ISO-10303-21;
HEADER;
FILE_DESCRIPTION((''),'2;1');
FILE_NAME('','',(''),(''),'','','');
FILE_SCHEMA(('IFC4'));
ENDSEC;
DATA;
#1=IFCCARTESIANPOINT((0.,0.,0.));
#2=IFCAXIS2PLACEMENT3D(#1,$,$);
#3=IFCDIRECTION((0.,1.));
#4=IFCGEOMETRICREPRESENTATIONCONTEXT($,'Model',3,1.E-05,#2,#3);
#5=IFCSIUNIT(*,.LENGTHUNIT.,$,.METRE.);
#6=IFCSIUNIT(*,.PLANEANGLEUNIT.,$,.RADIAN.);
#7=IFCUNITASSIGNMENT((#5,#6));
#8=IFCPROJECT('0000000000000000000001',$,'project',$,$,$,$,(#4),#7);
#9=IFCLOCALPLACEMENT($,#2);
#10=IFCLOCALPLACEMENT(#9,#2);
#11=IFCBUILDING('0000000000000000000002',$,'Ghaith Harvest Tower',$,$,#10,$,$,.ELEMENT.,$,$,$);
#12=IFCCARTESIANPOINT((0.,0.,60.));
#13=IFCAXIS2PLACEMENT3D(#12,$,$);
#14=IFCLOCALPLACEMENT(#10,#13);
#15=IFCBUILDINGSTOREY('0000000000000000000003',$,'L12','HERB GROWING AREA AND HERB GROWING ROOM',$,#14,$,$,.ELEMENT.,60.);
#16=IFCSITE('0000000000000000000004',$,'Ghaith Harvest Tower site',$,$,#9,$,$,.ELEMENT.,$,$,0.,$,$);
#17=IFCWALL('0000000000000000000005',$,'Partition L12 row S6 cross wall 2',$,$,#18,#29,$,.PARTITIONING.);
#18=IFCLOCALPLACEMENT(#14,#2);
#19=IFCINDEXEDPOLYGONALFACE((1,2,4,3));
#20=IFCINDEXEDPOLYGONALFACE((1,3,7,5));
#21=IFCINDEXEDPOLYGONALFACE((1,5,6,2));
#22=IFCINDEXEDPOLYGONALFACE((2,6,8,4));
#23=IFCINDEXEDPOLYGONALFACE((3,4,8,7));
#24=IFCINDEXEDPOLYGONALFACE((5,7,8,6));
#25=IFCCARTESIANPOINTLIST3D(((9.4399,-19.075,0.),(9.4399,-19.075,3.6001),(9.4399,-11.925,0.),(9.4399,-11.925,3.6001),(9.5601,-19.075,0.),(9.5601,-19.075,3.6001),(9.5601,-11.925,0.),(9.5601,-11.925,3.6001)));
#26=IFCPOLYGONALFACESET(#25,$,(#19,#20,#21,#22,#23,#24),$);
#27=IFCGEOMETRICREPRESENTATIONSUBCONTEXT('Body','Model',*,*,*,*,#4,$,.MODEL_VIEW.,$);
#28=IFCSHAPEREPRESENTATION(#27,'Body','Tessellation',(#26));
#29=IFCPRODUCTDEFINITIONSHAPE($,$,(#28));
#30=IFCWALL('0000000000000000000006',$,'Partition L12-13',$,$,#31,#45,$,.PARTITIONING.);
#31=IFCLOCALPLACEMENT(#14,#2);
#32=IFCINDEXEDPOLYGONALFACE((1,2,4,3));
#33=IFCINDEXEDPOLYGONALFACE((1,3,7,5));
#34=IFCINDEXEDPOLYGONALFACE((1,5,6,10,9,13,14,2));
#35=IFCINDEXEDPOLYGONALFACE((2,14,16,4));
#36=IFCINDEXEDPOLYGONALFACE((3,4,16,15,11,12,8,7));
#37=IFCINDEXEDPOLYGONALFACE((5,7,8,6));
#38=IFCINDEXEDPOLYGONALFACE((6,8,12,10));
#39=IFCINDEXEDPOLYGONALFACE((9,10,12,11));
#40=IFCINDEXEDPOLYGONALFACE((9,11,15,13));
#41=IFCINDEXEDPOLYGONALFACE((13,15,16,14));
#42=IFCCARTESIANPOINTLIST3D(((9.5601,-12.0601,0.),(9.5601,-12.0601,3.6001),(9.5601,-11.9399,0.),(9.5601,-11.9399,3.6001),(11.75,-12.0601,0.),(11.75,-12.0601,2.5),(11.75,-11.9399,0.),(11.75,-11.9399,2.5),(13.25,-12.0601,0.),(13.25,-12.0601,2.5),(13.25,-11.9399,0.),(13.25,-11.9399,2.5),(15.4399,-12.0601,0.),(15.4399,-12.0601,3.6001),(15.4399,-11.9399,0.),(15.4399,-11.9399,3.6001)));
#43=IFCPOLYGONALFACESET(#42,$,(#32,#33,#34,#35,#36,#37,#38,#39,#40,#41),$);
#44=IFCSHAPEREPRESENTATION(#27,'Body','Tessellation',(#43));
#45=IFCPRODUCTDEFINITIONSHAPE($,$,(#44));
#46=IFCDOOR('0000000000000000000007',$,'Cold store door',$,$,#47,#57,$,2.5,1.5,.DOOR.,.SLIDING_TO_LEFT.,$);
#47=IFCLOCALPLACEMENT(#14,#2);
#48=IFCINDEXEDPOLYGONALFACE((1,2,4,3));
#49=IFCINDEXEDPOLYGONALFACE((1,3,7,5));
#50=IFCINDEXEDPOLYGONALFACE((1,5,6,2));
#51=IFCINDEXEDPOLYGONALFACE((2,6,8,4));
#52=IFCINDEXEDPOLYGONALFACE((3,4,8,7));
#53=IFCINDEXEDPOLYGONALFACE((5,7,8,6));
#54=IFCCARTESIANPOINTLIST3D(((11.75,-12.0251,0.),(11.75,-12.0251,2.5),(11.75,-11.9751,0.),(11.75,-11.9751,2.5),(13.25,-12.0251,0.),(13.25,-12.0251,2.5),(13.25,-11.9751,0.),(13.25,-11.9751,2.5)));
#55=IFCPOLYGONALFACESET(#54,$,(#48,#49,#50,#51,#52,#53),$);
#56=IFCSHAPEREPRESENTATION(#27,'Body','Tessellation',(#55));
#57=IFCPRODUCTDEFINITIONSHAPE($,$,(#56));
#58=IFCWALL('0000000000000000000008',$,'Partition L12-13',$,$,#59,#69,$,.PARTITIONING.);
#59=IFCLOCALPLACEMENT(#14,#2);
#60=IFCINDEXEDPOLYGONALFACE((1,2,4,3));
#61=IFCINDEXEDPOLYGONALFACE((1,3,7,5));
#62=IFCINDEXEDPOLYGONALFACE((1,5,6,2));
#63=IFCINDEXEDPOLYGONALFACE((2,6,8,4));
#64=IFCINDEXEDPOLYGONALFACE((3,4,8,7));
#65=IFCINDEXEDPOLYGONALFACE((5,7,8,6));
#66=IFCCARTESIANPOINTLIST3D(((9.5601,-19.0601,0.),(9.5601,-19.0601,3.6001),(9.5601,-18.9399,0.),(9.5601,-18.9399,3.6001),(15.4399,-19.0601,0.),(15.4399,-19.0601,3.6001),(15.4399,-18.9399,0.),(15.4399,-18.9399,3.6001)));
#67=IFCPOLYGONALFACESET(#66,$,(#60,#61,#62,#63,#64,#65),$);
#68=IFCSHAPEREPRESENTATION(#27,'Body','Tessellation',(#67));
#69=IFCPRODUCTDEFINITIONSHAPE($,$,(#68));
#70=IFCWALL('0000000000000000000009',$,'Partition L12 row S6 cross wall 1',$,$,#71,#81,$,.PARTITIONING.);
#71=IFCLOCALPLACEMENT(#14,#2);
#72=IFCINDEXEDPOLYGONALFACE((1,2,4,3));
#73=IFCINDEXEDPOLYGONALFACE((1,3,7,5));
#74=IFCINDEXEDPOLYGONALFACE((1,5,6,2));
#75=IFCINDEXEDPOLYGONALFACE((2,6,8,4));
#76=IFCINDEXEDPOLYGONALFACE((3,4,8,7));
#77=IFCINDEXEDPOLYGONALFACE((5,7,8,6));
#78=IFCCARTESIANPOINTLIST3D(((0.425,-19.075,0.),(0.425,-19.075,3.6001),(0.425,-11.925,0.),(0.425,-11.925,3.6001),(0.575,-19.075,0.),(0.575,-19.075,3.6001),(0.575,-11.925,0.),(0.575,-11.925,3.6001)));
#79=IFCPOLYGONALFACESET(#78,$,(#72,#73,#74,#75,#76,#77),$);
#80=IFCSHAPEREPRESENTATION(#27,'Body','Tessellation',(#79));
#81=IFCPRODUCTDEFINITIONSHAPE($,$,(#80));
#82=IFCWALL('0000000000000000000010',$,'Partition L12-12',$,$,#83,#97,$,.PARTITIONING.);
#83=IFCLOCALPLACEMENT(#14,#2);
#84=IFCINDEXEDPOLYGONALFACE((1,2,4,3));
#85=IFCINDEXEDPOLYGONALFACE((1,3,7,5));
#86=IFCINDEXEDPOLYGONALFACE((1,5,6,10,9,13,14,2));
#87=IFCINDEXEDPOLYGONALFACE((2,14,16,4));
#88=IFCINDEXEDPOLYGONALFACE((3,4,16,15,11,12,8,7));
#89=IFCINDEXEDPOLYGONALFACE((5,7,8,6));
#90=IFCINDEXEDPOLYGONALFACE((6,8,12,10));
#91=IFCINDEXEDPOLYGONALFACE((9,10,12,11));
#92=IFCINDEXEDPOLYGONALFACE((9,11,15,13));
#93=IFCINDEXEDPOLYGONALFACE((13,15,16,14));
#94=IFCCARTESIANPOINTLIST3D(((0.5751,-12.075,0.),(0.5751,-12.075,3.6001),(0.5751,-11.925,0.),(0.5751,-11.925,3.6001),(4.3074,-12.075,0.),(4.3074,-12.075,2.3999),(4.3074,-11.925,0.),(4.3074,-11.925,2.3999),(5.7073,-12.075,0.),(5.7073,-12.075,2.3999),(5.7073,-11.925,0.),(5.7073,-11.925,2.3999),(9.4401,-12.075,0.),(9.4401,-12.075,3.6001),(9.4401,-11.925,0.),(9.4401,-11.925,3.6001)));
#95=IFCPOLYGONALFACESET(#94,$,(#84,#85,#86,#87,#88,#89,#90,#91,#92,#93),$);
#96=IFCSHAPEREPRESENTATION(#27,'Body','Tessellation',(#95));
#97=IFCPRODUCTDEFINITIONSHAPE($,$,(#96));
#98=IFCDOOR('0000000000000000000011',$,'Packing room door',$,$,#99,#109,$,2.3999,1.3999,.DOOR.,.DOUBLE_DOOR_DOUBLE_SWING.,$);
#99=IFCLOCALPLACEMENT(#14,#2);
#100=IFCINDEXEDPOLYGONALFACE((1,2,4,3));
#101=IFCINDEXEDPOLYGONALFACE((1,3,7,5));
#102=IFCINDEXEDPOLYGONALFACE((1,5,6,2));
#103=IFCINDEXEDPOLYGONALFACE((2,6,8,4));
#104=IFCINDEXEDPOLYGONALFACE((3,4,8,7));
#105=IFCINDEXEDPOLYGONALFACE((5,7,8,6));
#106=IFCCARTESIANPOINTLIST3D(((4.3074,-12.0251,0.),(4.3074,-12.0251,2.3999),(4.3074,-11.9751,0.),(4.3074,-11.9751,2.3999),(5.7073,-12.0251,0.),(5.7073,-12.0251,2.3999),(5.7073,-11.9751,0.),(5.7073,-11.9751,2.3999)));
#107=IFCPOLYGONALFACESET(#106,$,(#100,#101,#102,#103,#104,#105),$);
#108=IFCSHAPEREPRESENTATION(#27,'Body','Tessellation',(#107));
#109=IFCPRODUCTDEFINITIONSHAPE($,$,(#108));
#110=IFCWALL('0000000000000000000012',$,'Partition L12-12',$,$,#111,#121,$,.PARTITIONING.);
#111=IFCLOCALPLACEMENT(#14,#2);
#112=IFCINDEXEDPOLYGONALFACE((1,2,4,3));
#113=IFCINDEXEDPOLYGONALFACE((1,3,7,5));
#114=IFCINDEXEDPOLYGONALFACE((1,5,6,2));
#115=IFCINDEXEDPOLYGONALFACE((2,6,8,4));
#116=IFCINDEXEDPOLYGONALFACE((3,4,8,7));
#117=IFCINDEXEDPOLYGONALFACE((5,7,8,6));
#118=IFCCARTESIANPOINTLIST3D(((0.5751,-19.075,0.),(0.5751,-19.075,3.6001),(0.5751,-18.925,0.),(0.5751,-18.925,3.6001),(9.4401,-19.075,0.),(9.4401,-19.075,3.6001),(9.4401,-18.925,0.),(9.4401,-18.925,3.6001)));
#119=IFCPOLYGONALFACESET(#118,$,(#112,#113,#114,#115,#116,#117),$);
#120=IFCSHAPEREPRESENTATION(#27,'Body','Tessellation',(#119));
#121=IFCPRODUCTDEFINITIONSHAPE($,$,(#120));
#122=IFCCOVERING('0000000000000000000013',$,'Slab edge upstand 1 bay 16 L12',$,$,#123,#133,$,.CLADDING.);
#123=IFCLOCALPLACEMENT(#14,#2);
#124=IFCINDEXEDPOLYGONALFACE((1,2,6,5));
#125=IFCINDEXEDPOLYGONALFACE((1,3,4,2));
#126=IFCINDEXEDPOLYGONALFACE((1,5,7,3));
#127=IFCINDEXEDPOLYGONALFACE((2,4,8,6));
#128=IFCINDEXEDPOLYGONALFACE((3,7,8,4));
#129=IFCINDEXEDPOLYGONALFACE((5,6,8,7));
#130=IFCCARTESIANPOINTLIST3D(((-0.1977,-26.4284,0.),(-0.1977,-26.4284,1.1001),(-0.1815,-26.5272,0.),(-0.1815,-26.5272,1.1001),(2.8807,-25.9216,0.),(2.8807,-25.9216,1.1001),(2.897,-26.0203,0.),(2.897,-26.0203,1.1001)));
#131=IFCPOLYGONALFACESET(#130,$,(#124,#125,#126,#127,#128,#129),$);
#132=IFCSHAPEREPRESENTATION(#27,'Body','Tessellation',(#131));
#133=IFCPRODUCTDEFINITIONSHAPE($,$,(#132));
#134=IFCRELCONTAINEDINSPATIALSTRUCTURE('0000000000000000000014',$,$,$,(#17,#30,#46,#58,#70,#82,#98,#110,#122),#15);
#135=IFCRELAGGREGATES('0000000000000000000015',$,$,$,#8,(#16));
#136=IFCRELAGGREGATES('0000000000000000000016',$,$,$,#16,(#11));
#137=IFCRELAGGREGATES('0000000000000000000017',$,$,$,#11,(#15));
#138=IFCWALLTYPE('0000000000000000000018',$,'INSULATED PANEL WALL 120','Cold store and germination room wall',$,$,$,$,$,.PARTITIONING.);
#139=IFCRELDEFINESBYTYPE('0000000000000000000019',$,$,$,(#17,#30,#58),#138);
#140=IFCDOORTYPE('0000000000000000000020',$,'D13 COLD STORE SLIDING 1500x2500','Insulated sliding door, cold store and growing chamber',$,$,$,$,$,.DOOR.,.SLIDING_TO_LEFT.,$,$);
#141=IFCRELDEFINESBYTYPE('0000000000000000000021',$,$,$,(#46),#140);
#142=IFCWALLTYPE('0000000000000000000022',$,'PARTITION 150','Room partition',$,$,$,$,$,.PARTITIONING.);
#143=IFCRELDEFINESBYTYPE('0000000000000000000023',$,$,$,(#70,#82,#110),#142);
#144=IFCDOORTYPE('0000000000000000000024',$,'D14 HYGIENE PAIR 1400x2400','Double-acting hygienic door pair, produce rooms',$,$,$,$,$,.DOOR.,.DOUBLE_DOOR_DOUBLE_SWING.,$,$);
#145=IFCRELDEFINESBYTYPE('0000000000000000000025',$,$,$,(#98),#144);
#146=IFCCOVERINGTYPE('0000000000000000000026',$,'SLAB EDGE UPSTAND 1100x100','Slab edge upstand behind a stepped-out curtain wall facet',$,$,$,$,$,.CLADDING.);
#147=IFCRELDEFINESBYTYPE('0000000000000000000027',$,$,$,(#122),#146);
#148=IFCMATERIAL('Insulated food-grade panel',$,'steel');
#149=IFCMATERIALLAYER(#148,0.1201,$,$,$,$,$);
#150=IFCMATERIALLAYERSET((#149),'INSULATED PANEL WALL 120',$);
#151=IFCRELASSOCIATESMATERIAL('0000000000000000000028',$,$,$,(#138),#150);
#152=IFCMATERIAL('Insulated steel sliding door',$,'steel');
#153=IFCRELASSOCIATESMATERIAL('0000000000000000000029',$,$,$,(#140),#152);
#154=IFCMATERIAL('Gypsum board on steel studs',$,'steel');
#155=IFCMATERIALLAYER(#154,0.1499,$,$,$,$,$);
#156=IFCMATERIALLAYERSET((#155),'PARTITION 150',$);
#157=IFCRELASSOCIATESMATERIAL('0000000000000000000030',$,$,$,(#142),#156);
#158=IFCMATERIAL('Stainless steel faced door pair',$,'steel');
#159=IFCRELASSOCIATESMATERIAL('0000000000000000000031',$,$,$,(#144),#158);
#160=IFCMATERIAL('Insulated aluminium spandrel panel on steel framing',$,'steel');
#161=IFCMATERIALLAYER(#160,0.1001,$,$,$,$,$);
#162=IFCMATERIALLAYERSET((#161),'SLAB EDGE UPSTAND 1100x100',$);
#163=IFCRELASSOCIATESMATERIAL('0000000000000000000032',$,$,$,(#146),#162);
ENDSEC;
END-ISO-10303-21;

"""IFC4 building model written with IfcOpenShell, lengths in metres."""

from ifc_helpers import new_model, si_unit, direction, frame, frame_2d, origin, origin_2d, place, context, subcontext, project, spatial, rectangle, extrude, material, layer, layer_set, type_object, element, fill, save


model = new_model("IFC4")

# Units and contexts
model_context = context("Model", 3, precision=1e-05, world=origin(), true_north=direction((0.0, 1.0)))
body_context = subcontext(model_context, "Body", "Model", "MODEL_VIEW")
ifc_project = project(units=[si_unit("LENGTHUNIT", "METRE"), si_unit("PLANEANGLEUNIT", "RADIAN")], contexts=[model_context])

# Site, building, storey
site_placement = place(None, origin())
site = spatial("IfcSite", under=ifc_project, at=site_placement, Name="Ghaith Harvest Tower site", CompositionType="ELEMENT", RefElevation=0.0)
building_placement = place(site_placement, origin())
building = spatial("IfcBuilding", under=site, at=building_placement, Name="Ghaith Harvest Tower", CompositionType="ELEMENT")
storey_placement = place(building_placement, frame((0.0, 0.0, 60.0)))
storey = spatial("IfcBuildingStorey", under=building, at=storey_placement, Name="L12", Description="HERB GROWING AREA AND HERB GROWING ROOM", CompositionType="ELEMENT", Elevation=60.0)

# Wall
ifc_material_1 = material(Name="Insulated food-grade panel", Category="steel")
ifc_layer_1 = layer(ifc_material_1, 0.1201)
ifc_layer_set_1 = layer_set([ifc_layer_1], Name="INSULATED PANEL WALL 120")
wall_type_1 = type_object("IfcWallType", Name="INSULATED PANEL WALL 120", Description="Cold store and germination room wall", PredefinedType="PARTITIONING", material=ifc_layer_set_1)
wall_1_placement = place(storey_placement, frame((9.5, -11.925, 0.0), z_axis=(0.0, 0.0, 1.0), x_axis=(0.0, -1.0, 0.0)))
element("IfcWall", 1, at=wall_1_placement, inside=storey, type_object=wall_type_1, Name="Partition L12 row S6 cross wall 2", PredefinedType="PARTITIONING", context=body_context, shape_type="SweptSolid", body=[
    extrude(rectangle(XDim=7.1499, YDim=0.1201, at=frame_2d((3.575, 0.0))), origin(), (0.0, 0.0, 1.0), 3.6001),
])

# Wall, opening, door
wall_2_placement = place(storey_placement, frame((9.5601, -12.0, 0.0), z_axis=(0.0, 0.0, 1.0), x_axis=(1.0, 0.0, 0.0)))
wall_2 = element("IfcWall", 2, at=wall_2_placement, inside=storey, type_object=wall_type_1, Name="Partition L12-13", PredefinedType="PARTITIONING", context=body_context, shape_type="SweptSolid", body=[
    extrude(rectangle(XDim=5.8799, YDim=0.1201, at=frame_2d((2.9399, 0.0))), origin(), (0.0, 0.0, 1.0), 3.6001),
])
opening_1_placement = place(wall_2_placement, frame((2.1899, 0.0, 0.0)))
opening_1 = element("IfcOpeningElement", 3, at=opening_1_placement, cuts=wall_2, PredefinedType="OPENING", context=body_context, shape_type="SweptSolid", body=[
    extrude(rectangle(XDim=1.5, YDim=2.5, at=frame_2d((0.75, 1.25))), frame((0.0, 0.0701, 0.0), z_axis=(0.0, -1.0, 0.0), x_axis=(1.0, 0.0, 0.0)), (0.0, 0.0, 1.0), 0.1401),
])
ifc_material_2 = material(Name="Insulated steel sliding door", Category="steel")
door_type_1 = type_object("IfcDoorType", Name="D13 COLD STORE SLIDING 1500x2500", Description="Insulated sliding door, cold store and growing chamber", OperationType="SLIDING_TO_LEFT", PredefinedType="DOOR", material=ifc_material_2)
door_1_placement = place(opening_1_placement, origin())
door_1 = element("IfcDoor", 4, at=door_1_placement, inside=storey, type_object=door_type_1, Name="Cold store door", OperationType="SLIDING_TO_LEFT", OverallHeight=2.5, OverallWidth=1.5, PredefinedType="DOOR", context=body_context, shape_type="SweptSolid", body=[
    extrude(rectangle(XDim=1.5, YDim=2.5, at=frame_2d((0.75, 1.25))), frame((0.0, 0.0249, 0.0), z_axis=(0.0, -1.0, 0.0), x_axis=(1.0, 0.0, 0.0)), (0.0, 0.0, 1.0), 0.05),
])
fill(opening_1, door_1)

# Walls
wall_3_placement = place(storey_placement, frame((9.5601, -19.0, 0.0), z_axis=(0.0, 0.0, 1.0), x_axis=(1.0, 0.0, 0.0)))
element("IfcWall", 5, at=wall_3_placement, inside=storey, type_object=wall_type_1, Name="Partition L12-13", PredefinedType="PARTITIONING", context=body_context, shape_type="SweptSolid", body=[
    extrude(rectangle(XDim=5.8799, YDim=0.1201, at=frame_2d((2.9399, 0.0))), origin(), (0.0, 0.0, 1.0), 3.6001),
])
ifc_material_3 = material(Name="Gypsum board on steel studs", Category="steel")
ifc_layer_2 = layer(ifc_material_3, 0.1499)
ifc_layer_set_2 = layer_set([ifc_layer_2], Name="PARTITION 150")
wall_type_2 = type_object("IfcWallType", Name="PARTITION 150", Description="Room partition", PredefinedType="PARTITIONING", material=ifc_layer_set_2)
wall_4_placement = place(storey_placement, frame((0.5, -11.925, 0.0), z_axis=(0.0, 0.0, 1.0), x_axis=(0.0, -1.0, 0.0)))
element("IfcWall", 6, at=wall_4_placement, inside=storey, type_object=wall_type_2, Name="Partition L12 row S6 cross wall 1", PredefinedType="PARTITIONING", context=body_context, shape_type="SweptSolid", body=[
    extrude(rectangle(XDim=7.1499, YDim=0.1499, at=frame_2d((3.575, 0.0))), origin(), (0.0, 0.0, 1.0), 3.6001),
])

# Wall, opening, door
wall_5_placement = place(storey_placement, frame((0.575, -12.0, 0.0), z_axis=(0.0, 0.0, 1.0), x_axis=(1.0, 0.0, 0.0)))
wall_5 = element("IfcWall", 7, at=wall_5_placement, inside=storey, type_object=wall_type_2, Name="Partition L12-12", PredefinedType="PARTITIONING", context=body_context, shape_type="SweptSolid", body=[
    extrude(rectangle(XDim=8.865, YDim=0.1499, at=frame_2d((4.4326, 0.0))), origin(), (0.0, 0.0, 1.0), 3.6001),
])
opening_2_placement = place(wall_5_placement, frame((3.7324, 0.0, 0.0)))
opening_2 = element("IfcOpeningElement", 8, at=opening_2_placement, cuts=wall_5, PredefinedType="OPENING", context=body_context, shape_type="SweptSolid", body=[
    extrude(rectangle(XDim=1.3999, YDim=2.3999, at=frame_2d((0.7, 1.2))), frame((0.0, 0.085, 0.0), z_axis=(0.0, -1.0, 0.0), x_axis=(1.0, 0.0, 0.0)), (0.0, 0.0, 1.0), 0.1699),
])
ifc_material_4 = material(Name="Stainless steel faced door pair", Category="steel")
door_type_2 = type_object("IfcDoorType", Name="D14 HYGIENE PAIR 1400x2400", Description="Double-acting hygienic door pair, produce rooms", OperationType="DOUBLE_DOOR_DOUBLE_SWING", PredefinedType="DOOR", material=ifc_material_4)
door_2_placement = place(opening_2_placement, origin())
door_2 = element("IfcDoor", 9, at=door_2_placement, inside=storey, type_object=door_type_2, Name="Packing room door", OperationType="DOUBLE_DOOR_DOUBLE_SWING", OverallHeight=2.3999, OverallWidth=1.3999, PredefinedType="DOOR", context=body_context, shape_type="SweptSolid", body=[
    extrude(rectangle(XDim=1.3999, YDim=2.3999, at=frame_2d((0.7, 1.2))), frame((0.0, 0.0249, 0.0), z_axis=(0.0, -1.0, 0.0), x_axis=(1.0, 0.0, 0.0)), (0.0, 0.0, 1.0), 0.05),
])
fill(opening_2, door_2)

# Wall
wall_6_placement = place(storey_placement, frame((0.575, -19.0, 0.0), z_axis=(0.0, 0.0, 1.0), x_axis=(1.0, 0.0, 0.0)))
element("IfcWall", 10, at=wall_6_placement, inside=storey, type_object=wall_type_2, Name="Partition L12-12", PredefinedType="PARTITIONING", context=body_context, shape_type="SweptSolid", body=[
    extrude(rectangle(XDim=8.865, YDim=0.1499, at=frame_2d((4.4326, 0.0))), origin(), (0.0, 0.0, 1.0), 3.6001),
])

# Covering
ifc_material_5 = material(Name="Insulated aluminium spandrel panel on steel framing", Category="steel")
ifc_layer_3 = layer(ifc_material_5, 0.1001)
ifc_layer_set_3 = layer_set([ifc_layer_3], Name="SLAB EDGE UPSTAND 1100x100")
covering_type = type_object("IfcCoveringType", Name="SLAB EDGE UPSTAND 1100x100", Description="Slab edge upstand behind a stepped-out curtain wall facet", PredefinedType="CLADDING", material=ifc_layer_set_3)
covering_placement = place(storey_placement, frame((1.3496, -26.2244, 0.0), z_axis=(0.0, 0.0, 1.0), x_axis=(0.986716, 0.162453, 0.0)))
element("IfcCovering", 11, at=covering_placement, inside=storey, type_object=covering_type, Name="Slab edge upstand 1 bay 16 L12", PredefinedType="CLADDING", context=body_context, shape_type="SweptSolid", body=[
    extrude(rectangle(XDim=3.1199, YDim=0.1001, at=origin_2d()), origin(), (0.0, 0.0, 1.0), 1.1001),
])

save(model, "model.ifc")
